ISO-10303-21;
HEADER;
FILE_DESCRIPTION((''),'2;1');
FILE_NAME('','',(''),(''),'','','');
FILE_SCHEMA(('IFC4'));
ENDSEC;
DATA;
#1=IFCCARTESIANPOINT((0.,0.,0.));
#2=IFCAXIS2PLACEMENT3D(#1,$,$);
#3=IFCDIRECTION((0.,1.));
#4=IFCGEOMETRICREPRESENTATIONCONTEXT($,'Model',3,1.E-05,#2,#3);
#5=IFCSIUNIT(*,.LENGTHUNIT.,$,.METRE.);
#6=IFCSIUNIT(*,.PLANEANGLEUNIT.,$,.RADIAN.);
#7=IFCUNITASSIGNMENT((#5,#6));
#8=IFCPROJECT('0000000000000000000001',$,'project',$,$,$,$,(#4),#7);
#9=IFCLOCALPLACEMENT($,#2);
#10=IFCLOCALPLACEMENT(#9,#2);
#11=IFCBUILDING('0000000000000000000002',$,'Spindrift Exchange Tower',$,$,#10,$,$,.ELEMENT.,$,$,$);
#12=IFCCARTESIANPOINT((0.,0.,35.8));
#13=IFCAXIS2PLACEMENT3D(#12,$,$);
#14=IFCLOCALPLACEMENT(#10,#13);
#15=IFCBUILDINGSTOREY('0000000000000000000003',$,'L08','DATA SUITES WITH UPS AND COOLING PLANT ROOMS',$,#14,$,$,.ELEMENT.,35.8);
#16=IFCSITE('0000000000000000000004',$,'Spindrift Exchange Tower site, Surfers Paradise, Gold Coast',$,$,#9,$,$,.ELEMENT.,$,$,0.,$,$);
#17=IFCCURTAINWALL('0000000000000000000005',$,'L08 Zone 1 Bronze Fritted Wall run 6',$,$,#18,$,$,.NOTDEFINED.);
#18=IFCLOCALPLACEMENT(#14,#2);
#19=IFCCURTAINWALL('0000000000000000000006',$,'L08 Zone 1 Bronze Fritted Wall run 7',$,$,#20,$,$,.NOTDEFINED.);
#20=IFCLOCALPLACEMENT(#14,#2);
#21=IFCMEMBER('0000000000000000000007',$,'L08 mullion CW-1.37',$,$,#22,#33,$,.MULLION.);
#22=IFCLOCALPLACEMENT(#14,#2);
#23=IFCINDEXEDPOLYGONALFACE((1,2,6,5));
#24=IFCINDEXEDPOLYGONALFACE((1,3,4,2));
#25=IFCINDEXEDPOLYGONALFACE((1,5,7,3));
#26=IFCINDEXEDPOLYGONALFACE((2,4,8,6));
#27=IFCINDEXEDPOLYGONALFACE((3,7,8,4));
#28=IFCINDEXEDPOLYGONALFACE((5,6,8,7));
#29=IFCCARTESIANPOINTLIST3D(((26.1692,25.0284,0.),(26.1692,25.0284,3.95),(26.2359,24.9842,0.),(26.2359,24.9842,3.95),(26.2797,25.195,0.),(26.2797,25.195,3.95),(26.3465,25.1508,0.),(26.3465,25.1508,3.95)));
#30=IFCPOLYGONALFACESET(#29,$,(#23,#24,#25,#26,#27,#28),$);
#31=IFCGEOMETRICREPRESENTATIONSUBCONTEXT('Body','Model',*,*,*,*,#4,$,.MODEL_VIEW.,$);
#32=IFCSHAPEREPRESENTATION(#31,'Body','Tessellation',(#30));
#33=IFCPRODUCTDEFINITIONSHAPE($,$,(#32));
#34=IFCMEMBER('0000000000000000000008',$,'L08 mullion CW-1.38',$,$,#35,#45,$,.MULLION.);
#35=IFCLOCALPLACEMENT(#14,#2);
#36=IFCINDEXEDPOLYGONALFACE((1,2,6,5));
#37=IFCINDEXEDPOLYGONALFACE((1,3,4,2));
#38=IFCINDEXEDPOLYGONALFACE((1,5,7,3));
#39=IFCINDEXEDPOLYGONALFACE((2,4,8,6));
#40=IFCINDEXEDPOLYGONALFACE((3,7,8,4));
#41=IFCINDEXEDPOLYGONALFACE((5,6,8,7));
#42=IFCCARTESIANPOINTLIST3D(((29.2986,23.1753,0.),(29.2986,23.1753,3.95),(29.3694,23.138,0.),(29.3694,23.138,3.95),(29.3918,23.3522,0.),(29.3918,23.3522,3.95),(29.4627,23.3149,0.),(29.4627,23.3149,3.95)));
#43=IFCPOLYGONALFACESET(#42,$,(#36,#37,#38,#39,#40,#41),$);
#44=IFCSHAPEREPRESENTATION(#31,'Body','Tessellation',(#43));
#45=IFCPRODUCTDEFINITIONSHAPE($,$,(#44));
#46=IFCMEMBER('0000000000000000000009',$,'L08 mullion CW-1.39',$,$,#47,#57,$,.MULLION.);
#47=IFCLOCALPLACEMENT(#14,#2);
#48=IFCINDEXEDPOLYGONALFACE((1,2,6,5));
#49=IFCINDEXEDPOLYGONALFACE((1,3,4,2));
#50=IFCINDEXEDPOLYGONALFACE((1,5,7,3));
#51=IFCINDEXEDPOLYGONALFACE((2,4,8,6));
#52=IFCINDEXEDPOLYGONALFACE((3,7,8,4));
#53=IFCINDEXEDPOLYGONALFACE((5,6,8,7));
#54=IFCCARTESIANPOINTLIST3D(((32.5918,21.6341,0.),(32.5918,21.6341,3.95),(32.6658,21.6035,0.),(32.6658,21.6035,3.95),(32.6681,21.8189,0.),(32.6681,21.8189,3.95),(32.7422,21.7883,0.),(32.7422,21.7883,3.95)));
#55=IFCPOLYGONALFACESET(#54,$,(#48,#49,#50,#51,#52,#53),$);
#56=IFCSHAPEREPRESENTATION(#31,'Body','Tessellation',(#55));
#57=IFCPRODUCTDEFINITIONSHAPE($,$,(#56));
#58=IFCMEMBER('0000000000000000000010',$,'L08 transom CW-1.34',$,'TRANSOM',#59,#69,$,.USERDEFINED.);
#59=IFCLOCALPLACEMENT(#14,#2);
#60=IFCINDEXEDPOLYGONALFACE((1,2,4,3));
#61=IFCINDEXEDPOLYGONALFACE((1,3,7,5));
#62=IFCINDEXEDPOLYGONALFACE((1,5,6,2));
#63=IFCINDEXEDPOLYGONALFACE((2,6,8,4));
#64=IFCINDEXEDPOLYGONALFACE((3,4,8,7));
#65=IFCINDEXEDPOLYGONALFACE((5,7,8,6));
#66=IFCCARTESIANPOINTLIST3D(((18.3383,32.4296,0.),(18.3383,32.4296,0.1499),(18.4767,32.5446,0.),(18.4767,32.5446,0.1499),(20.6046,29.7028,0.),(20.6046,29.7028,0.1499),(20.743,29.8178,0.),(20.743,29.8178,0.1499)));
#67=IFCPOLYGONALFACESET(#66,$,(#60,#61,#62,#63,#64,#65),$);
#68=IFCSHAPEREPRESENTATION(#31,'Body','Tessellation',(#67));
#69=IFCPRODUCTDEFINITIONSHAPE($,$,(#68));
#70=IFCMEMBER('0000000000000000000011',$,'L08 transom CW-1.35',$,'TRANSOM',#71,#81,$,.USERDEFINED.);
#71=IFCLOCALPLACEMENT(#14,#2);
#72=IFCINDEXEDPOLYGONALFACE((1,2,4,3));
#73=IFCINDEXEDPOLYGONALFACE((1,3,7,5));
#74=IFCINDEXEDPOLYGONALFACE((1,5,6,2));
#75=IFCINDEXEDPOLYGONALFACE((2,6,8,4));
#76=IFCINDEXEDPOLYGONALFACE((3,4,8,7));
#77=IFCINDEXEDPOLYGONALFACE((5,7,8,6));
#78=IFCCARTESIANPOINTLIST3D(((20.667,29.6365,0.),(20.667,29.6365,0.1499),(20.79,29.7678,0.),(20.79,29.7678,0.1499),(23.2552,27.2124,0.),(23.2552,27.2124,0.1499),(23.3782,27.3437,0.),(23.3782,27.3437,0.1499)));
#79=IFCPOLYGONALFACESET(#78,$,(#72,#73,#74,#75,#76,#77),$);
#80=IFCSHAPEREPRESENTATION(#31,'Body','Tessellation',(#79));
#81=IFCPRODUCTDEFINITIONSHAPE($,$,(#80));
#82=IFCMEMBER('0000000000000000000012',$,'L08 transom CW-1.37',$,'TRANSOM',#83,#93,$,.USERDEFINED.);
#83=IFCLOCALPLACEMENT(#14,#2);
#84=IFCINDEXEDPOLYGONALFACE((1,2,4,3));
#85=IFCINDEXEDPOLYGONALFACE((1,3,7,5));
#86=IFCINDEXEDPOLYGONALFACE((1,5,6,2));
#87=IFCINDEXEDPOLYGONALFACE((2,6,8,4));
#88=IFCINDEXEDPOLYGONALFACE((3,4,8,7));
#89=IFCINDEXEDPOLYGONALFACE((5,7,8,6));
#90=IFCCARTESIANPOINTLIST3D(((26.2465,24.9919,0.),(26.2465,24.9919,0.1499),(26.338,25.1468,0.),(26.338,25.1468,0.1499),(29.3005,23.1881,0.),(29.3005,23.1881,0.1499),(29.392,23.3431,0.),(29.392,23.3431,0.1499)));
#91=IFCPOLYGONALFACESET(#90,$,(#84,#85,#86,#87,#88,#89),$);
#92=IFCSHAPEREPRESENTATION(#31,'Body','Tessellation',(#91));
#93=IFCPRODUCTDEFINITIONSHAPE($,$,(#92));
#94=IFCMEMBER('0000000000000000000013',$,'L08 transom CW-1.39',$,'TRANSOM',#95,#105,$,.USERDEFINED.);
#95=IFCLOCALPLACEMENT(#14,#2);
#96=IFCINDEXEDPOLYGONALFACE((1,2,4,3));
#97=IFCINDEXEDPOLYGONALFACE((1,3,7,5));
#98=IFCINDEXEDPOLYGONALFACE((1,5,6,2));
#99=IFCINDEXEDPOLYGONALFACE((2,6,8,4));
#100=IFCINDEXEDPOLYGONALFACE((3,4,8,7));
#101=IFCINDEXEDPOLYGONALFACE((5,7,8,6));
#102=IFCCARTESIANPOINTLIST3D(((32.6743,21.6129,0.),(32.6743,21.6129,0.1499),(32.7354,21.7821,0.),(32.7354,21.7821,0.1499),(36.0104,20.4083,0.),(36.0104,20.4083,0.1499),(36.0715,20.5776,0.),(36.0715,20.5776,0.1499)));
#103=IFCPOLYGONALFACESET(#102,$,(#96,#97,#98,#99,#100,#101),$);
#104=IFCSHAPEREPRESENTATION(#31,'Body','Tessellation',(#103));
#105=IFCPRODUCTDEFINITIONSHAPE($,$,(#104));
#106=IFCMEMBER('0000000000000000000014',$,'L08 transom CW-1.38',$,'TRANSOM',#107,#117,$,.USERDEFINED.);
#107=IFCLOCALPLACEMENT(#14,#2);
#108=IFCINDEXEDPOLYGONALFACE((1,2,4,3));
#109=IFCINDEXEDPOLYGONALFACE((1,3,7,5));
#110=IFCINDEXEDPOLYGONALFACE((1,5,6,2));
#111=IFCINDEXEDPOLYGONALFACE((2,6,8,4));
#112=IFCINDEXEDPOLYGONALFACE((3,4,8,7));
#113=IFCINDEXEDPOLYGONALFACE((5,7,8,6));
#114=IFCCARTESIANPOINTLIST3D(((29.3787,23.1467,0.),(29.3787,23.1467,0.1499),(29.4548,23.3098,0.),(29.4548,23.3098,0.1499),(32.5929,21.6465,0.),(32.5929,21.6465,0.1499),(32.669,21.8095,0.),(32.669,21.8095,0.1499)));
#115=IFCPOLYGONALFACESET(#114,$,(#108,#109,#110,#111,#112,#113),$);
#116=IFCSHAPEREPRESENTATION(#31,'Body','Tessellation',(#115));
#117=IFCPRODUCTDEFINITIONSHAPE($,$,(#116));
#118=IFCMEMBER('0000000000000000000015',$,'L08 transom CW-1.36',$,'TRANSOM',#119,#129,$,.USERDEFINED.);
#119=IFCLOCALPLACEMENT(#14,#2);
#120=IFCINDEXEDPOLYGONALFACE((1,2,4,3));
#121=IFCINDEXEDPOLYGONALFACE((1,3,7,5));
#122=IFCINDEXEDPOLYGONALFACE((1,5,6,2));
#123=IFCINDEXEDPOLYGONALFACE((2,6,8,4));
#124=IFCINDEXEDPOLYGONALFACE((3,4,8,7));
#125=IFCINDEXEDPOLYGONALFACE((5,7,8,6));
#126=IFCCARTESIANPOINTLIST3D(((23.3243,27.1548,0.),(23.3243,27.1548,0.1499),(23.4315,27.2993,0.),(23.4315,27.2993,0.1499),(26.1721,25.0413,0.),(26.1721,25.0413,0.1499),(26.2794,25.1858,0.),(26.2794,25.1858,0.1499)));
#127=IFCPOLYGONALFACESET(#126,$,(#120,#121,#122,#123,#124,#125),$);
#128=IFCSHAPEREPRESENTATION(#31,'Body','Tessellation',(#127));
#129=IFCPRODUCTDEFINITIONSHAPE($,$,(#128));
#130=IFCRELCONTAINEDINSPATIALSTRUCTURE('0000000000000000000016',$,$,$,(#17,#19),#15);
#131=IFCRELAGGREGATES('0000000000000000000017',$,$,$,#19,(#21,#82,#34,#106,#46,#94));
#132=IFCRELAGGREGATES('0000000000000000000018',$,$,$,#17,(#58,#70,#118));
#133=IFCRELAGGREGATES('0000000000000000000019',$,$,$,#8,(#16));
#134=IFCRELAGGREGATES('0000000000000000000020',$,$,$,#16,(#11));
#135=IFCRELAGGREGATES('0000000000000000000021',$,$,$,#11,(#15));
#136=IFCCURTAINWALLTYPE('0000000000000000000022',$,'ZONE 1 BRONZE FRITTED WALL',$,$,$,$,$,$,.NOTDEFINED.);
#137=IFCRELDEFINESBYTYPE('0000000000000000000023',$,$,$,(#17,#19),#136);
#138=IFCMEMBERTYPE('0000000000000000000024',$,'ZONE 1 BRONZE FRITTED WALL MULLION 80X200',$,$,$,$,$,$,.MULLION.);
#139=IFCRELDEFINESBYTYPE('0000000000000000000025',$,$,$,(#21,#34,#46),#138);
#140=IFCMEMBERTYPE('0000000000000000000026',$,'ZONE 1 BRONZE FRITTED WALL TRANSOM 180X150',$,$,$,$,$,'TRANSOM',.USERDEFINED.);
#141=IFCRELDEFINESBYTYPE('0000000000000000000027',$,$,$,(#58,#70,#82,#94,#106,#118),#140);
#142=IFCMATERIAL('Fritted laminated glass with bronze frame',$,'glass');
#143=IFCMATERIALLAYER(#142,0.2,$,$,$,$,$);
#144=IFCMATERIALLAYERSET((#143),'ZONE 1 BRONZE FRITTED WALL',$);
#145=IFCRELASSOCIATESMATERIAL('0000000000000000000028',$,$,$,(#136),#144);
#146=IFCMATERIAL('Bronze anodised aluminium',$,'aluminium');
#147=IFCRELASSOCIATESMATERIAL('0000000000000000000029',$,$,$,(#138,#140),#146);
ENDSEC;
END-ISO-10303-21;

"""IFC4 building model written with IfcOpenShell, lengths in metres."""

from ifc_helpers import new_model, si_unit, direction, frame, origin, origin_2d, place, context, subcontext, project, spatial, rectangle, extrude, source, transform, mapped, material, layer, layer_set, material_profile, profile_set, type_object, element, aggregate, save


model = new_model("IFC4")

# Units and contexts
model_context = context("Model", 3, precision=1e-05, world=origin(), true_north=direction((0.0, 1.0)))
body_context = subcontext(model_context, "Body", "Model", "MODEL_VIEW")
ifc_project = project(units=[si_unit("LENGTHUNIT", "METRE"), si_unit("PLANEANGLEUNIT", "RADIAN")], contexts=[model_context])

# Site, building, storey
site_placement = place(None, origin())
site = spatial("IfcSite", under=ifc_project, at=site_placement, Name="Spindrift Exchange Tower site, Surfers Paradise, Gold Coast", CompositionType="ELEMENT", RefElevation=0.0)
building_placement = place(site_placement, origin())
building = spatial("IfcBuilding", under=site, at=building_placement, Name="Spindrift Exchange Tower", CompositionType="ELEMENT")
storey_placement = place(building_placement, frame((0.0, 0.0, 35.8)))
storey = spatial("IfcBuildingStorey", under=building, at=storey_placement, Name="L08", Description="DATA SUITES WITH UPS AND COOLING PLANT ROOMS", CompositionType="ELEMENT", Elevation=35.8)

# Curtain walls, members
ifc_material_1 = material(Name="Fritted laminated glass with bronze frame", Category="glass")
ifc_layer_1 = layer(ifc_material_1, 0.2)
ifc_layer_set_1 = layer_set([ifc_layer_1], Name="ZONE 1 BRONZE FRITTED WALL")
curtain_wall_type = type_object("IfcCurtainWallType", Name="ZONE 1 BRONZE FRITTED WALL", PredefinedType="NOTDEFINED", material=ifc_layer_set_1)
curtain_wall_1_placement = place(storey_placement, origin())
curtain_wall_1 = element("IfcCurtainWall", 1, at=curtain_wall_1_placement, inside=storey, type_object=curtain_wall_type, Name="L08 Zone 1 Bronze Fritted Wall run 6", PredefinedType="NOTDEFINED")
ifc_material_2 = material(Name="Bronze anodised aluminium", Category="aluminium")
ifc_material_profile_1 = material_profile(ifc_material_2, rectangle(XDim=0.0801, YDim=0.2, at=origin_2d()), Name="ZONE 1 BRONZE FRITTED WALL MULLION 80X200")
ifc_profile_set_1 = profile_set([ifc_material_profile_1], Name="Bronze anodised aluminium")
member_type_1 = type_object("IfcMemberType", Name="ZONE 1 BRONZE FRITTED WALL MULLION 80X200", PredefinedType="MULLION", material=ifc_profile_set_1)
shared_shape_1 = source(origin(), body_context, "Body", "SweptSolid", [
    extrude(rectangle(XDim=0.0801, YDim=0.2, at=origin_2d()), origin(), (0.0, 0.0, 1.0), 3.95),
])
curtain_wall_2_placement = place(storey_placement, origin())
curtain_wall_2 = element("IfcCurtainWall", 2, at=curtain_wall_2_placement, inside=storey, type_object=curtain_wall_type, Name="L08 Zone 1 Bronze Fritted Wall run 7", PredefinedType="NOTDEFINED")
member_1_placement = place(storey_placement, frame((26.2578, 25.0896, 0.0), z_axis=(0.0, 0.0, 1.0), x_axis=(0.833169, -0.553019, 0.0)))
member_1 = element("IfcMember", 3, at=member_1_placement, type_object=member_type_1, Name="L08 mullion CW-1.37", PredefinedType="MULLION", context=body_context, shape_type="MappedRepresentation", body=[
    mapped(shared_shape_1, transform((0.0, 0.0, 0.0), scale=1.0)),
])
member_2_placement = place(storey_placement, frame((29.3806, 23.2451, 0.0), z_axis=(0.0, 0.0, 1.0), x_axis=(0.88462, -0.466313, 0.0)))
member_2 = element("IfcMember", 4, at=member_2_placement, type_object=member_type_1, Name="L08 mullion CW-1.38", PredefinedType="MULLION", context=body_context, shape_type="MappedRepresentation", body=[
    mapped(shared_shape_1, transform((0.0, 0.0, 0.0), scale=1.0)),
])
member_3_placement = place(storey_placement, frame((32.667, 21.7112, 0.0), z_axis=(0.0, 0.0, 1.0), x_axis=(0.924293, -0.381683, 0.0)))
member_3 = element("IfcMember", 5, at=member_3_placement, type_object=member_type_1, Name="L08 mullion CW-1.39", PredefinedType="MULLION", context=body_context, shape_type="MappedRepresentation", body=[
    mapped(shared_shape_1, transform((0.0, 0.0, 0.0), scale=1.0)),
])

# Members
ifc_material_profile_2 = material_profile(ifc_material_2, rectangle(XDim=0.1799, YDim=0.1499, at=origin_2d()), Name="ZONE 1 BRONZE FRITTED WALL TRANSOM 180X150")
ifc_profile_set_2 = profile_set([ifc_material_profile_2], Name="Bronze anodised aluminium")
member_type_2 = type_object("IfcMemberType", Name="ZONE 1 BRONZE FRITTED WALL TRANSOM 180X150", ElementType="TRANSOM", PredefinedType="USERDEFINED", material=ifc_profile_set_2)
shared_shape_2 = source(origin(), body_context, "Body", "SweptSolid", [
    extrude(rectangle(XDim=0.1799, YDim=0.1499, at=origin_2d()), origin(), (0.0, 0.0, 1.0), 3.5457),
])
member_4_placement = place(storey_placement, frame((18.4075, 32.4871, 0.075), z_axis=(0.639188, -0.76905, 0.0), x_axis=(0.76905, 0.639188, 0.0)))
member_4 = element("IfcMember", 6, at=member_4_placement, type_object=member_type_2, Name="L08 transom CW-1.34", ObjectType="TRANSOM", PredefinedType="USERDEFINED", context=body_context, shape_type="MappedRepresentation", body=[
    mapped(shared_shape_2, transform((0.0, 0.0, 0.0), scale=1.0)),
])
shared_shape_3 = source(origin(), body_context, "Body", "SweptSolid", [
    extrude(rectangle(XDim=0.1799, YDim=0.1499, at=origin_2d()), origin(), (0.0, 0.0, 1.0), 3.5461),
])
member_5_placement = place(storey_placement, frame((20.7285, 29.7021, 0.075), z_axis=(0.729861, -0.683595, 0.0), x_axis=(0.683595, 0.729861, 0.0)))
member_5 = element("IfcMember", 7, at=member_5_placement, type_object=member_type_2, Name="L08 transom CW-1.35", ObjectType="TRANSOM", PredefinedType="USERDEFINED", context=body_context, shape_type="MappedRepresentation", body=[
    mapped(shared_shape_3, transform((0.0, 0.0, 0.0), scale=1.0)),
])
shared_shape_4 = source(origin(), body_context, "Body", "SweptSolid", [
    extrude(rectangle(XDim=0.1799, YDim=0.1499, at=origin_2d()), origin(), (0.0, 0.0, 1.0), 3.5469),
])
member_6_placement = place(storey_placement, frame((26.2922, 25.0693, 0.075), z_axis=(0.861038, -0.508541, 0.0), x_axis=(0.508541, 0.861038, 0.0)))
member_6 = element("IfcMember", 8, at=member_6_placement, type_object=member_type_2, Name="L08 transom CW-1.37", ObjectType="TRANSOM", PredefinedType="USERDEFINED", context=body_context, shape_type="MappedRepresentation", body=[
    mapped(shared_shape_4, transform((0.0, 0.0, 0.0), scale=1.0)),
])
member_7_placement = place(storey_placement, frame((32.7048, 21.6975, 0.075), z_axis=(0.940567, -0.339609, 0.0), x_axis=(0.339609, 0.940567, 0.0)))
member_7 = element("IfcMember", 9, at=member_7_placement, type_object=member_type_2, Name="L08 transom CW-1.39", ObjectType="TRANSOM", PredefinedType="USERDEFINED", context=body_context, shape_type="MappedRepresentation", body=[
    mapped(shared_shape_4, transform((0.0, 0.0, 0.0), scale=1.0)),
])
shared_shape_5 = source(origin(), body_context, "Body", "SweptSolid", [
    extrude(rectangle(XDim=0.1799, YDim=0.1499, at=origin_2d()), origin(), (0.0, 0.0, 1.0), 3.5471),
])
member_8_placement = place(storey_placement, frame((29.4167, 23.2283, 0.075), z_axis=(0.906148, -0.422961, 0.0), x_axis=(0.422961, 0.906148, 0.0)))
member_8 = element("IfcMember", 10, at=member_8_placement, type_object=member_type_2, Name="L08 transom CW-1.38", ObjectType="TRANSOM", PredefinedType="USERDEFINED", context=body_context, shape_type="MappedRepresentation", body=[
    mapped(shared_shape_5, transform((0.0, 0.0, 0.0), scale=1.0)),
])
shared_shape_6 = source(origin(), body_context, "Body", "SweptSolid", [
    extrude(rectangle(XDim=0.1799, YDim=0.1499, at=origin_2d()), origin(), (0.0, 0.0, 1.0), 3.5464),
])
member_9_placement = place(storey_placement, frame((23.3779, 27.2271, 0.075), z_axis=(0.803022, -0.59595, 0.0), x_axis=(0.59595, 0.803022, 0.0)))
member_9 = element("IfcMember", 11, at=member_9_placement, type_object=member_type_2, Name="L08 transom CW-1.36", ObjectType="TRANSOM", PredefinedType="USERDEFINED", context=body_context, shape_type="MappedRepresentation", body=[
    mapped(shared_shape_6, transform((0.0, 0.0, 0.0), scale=1.0)),
])

aggregate(curtain_wall_2, [member_1, member_6, member_2, member_8, member_3, member_7])
aggregate(curtain_wall_1, [member_4, member_5, member_9])

save(model, "model.ifc")
